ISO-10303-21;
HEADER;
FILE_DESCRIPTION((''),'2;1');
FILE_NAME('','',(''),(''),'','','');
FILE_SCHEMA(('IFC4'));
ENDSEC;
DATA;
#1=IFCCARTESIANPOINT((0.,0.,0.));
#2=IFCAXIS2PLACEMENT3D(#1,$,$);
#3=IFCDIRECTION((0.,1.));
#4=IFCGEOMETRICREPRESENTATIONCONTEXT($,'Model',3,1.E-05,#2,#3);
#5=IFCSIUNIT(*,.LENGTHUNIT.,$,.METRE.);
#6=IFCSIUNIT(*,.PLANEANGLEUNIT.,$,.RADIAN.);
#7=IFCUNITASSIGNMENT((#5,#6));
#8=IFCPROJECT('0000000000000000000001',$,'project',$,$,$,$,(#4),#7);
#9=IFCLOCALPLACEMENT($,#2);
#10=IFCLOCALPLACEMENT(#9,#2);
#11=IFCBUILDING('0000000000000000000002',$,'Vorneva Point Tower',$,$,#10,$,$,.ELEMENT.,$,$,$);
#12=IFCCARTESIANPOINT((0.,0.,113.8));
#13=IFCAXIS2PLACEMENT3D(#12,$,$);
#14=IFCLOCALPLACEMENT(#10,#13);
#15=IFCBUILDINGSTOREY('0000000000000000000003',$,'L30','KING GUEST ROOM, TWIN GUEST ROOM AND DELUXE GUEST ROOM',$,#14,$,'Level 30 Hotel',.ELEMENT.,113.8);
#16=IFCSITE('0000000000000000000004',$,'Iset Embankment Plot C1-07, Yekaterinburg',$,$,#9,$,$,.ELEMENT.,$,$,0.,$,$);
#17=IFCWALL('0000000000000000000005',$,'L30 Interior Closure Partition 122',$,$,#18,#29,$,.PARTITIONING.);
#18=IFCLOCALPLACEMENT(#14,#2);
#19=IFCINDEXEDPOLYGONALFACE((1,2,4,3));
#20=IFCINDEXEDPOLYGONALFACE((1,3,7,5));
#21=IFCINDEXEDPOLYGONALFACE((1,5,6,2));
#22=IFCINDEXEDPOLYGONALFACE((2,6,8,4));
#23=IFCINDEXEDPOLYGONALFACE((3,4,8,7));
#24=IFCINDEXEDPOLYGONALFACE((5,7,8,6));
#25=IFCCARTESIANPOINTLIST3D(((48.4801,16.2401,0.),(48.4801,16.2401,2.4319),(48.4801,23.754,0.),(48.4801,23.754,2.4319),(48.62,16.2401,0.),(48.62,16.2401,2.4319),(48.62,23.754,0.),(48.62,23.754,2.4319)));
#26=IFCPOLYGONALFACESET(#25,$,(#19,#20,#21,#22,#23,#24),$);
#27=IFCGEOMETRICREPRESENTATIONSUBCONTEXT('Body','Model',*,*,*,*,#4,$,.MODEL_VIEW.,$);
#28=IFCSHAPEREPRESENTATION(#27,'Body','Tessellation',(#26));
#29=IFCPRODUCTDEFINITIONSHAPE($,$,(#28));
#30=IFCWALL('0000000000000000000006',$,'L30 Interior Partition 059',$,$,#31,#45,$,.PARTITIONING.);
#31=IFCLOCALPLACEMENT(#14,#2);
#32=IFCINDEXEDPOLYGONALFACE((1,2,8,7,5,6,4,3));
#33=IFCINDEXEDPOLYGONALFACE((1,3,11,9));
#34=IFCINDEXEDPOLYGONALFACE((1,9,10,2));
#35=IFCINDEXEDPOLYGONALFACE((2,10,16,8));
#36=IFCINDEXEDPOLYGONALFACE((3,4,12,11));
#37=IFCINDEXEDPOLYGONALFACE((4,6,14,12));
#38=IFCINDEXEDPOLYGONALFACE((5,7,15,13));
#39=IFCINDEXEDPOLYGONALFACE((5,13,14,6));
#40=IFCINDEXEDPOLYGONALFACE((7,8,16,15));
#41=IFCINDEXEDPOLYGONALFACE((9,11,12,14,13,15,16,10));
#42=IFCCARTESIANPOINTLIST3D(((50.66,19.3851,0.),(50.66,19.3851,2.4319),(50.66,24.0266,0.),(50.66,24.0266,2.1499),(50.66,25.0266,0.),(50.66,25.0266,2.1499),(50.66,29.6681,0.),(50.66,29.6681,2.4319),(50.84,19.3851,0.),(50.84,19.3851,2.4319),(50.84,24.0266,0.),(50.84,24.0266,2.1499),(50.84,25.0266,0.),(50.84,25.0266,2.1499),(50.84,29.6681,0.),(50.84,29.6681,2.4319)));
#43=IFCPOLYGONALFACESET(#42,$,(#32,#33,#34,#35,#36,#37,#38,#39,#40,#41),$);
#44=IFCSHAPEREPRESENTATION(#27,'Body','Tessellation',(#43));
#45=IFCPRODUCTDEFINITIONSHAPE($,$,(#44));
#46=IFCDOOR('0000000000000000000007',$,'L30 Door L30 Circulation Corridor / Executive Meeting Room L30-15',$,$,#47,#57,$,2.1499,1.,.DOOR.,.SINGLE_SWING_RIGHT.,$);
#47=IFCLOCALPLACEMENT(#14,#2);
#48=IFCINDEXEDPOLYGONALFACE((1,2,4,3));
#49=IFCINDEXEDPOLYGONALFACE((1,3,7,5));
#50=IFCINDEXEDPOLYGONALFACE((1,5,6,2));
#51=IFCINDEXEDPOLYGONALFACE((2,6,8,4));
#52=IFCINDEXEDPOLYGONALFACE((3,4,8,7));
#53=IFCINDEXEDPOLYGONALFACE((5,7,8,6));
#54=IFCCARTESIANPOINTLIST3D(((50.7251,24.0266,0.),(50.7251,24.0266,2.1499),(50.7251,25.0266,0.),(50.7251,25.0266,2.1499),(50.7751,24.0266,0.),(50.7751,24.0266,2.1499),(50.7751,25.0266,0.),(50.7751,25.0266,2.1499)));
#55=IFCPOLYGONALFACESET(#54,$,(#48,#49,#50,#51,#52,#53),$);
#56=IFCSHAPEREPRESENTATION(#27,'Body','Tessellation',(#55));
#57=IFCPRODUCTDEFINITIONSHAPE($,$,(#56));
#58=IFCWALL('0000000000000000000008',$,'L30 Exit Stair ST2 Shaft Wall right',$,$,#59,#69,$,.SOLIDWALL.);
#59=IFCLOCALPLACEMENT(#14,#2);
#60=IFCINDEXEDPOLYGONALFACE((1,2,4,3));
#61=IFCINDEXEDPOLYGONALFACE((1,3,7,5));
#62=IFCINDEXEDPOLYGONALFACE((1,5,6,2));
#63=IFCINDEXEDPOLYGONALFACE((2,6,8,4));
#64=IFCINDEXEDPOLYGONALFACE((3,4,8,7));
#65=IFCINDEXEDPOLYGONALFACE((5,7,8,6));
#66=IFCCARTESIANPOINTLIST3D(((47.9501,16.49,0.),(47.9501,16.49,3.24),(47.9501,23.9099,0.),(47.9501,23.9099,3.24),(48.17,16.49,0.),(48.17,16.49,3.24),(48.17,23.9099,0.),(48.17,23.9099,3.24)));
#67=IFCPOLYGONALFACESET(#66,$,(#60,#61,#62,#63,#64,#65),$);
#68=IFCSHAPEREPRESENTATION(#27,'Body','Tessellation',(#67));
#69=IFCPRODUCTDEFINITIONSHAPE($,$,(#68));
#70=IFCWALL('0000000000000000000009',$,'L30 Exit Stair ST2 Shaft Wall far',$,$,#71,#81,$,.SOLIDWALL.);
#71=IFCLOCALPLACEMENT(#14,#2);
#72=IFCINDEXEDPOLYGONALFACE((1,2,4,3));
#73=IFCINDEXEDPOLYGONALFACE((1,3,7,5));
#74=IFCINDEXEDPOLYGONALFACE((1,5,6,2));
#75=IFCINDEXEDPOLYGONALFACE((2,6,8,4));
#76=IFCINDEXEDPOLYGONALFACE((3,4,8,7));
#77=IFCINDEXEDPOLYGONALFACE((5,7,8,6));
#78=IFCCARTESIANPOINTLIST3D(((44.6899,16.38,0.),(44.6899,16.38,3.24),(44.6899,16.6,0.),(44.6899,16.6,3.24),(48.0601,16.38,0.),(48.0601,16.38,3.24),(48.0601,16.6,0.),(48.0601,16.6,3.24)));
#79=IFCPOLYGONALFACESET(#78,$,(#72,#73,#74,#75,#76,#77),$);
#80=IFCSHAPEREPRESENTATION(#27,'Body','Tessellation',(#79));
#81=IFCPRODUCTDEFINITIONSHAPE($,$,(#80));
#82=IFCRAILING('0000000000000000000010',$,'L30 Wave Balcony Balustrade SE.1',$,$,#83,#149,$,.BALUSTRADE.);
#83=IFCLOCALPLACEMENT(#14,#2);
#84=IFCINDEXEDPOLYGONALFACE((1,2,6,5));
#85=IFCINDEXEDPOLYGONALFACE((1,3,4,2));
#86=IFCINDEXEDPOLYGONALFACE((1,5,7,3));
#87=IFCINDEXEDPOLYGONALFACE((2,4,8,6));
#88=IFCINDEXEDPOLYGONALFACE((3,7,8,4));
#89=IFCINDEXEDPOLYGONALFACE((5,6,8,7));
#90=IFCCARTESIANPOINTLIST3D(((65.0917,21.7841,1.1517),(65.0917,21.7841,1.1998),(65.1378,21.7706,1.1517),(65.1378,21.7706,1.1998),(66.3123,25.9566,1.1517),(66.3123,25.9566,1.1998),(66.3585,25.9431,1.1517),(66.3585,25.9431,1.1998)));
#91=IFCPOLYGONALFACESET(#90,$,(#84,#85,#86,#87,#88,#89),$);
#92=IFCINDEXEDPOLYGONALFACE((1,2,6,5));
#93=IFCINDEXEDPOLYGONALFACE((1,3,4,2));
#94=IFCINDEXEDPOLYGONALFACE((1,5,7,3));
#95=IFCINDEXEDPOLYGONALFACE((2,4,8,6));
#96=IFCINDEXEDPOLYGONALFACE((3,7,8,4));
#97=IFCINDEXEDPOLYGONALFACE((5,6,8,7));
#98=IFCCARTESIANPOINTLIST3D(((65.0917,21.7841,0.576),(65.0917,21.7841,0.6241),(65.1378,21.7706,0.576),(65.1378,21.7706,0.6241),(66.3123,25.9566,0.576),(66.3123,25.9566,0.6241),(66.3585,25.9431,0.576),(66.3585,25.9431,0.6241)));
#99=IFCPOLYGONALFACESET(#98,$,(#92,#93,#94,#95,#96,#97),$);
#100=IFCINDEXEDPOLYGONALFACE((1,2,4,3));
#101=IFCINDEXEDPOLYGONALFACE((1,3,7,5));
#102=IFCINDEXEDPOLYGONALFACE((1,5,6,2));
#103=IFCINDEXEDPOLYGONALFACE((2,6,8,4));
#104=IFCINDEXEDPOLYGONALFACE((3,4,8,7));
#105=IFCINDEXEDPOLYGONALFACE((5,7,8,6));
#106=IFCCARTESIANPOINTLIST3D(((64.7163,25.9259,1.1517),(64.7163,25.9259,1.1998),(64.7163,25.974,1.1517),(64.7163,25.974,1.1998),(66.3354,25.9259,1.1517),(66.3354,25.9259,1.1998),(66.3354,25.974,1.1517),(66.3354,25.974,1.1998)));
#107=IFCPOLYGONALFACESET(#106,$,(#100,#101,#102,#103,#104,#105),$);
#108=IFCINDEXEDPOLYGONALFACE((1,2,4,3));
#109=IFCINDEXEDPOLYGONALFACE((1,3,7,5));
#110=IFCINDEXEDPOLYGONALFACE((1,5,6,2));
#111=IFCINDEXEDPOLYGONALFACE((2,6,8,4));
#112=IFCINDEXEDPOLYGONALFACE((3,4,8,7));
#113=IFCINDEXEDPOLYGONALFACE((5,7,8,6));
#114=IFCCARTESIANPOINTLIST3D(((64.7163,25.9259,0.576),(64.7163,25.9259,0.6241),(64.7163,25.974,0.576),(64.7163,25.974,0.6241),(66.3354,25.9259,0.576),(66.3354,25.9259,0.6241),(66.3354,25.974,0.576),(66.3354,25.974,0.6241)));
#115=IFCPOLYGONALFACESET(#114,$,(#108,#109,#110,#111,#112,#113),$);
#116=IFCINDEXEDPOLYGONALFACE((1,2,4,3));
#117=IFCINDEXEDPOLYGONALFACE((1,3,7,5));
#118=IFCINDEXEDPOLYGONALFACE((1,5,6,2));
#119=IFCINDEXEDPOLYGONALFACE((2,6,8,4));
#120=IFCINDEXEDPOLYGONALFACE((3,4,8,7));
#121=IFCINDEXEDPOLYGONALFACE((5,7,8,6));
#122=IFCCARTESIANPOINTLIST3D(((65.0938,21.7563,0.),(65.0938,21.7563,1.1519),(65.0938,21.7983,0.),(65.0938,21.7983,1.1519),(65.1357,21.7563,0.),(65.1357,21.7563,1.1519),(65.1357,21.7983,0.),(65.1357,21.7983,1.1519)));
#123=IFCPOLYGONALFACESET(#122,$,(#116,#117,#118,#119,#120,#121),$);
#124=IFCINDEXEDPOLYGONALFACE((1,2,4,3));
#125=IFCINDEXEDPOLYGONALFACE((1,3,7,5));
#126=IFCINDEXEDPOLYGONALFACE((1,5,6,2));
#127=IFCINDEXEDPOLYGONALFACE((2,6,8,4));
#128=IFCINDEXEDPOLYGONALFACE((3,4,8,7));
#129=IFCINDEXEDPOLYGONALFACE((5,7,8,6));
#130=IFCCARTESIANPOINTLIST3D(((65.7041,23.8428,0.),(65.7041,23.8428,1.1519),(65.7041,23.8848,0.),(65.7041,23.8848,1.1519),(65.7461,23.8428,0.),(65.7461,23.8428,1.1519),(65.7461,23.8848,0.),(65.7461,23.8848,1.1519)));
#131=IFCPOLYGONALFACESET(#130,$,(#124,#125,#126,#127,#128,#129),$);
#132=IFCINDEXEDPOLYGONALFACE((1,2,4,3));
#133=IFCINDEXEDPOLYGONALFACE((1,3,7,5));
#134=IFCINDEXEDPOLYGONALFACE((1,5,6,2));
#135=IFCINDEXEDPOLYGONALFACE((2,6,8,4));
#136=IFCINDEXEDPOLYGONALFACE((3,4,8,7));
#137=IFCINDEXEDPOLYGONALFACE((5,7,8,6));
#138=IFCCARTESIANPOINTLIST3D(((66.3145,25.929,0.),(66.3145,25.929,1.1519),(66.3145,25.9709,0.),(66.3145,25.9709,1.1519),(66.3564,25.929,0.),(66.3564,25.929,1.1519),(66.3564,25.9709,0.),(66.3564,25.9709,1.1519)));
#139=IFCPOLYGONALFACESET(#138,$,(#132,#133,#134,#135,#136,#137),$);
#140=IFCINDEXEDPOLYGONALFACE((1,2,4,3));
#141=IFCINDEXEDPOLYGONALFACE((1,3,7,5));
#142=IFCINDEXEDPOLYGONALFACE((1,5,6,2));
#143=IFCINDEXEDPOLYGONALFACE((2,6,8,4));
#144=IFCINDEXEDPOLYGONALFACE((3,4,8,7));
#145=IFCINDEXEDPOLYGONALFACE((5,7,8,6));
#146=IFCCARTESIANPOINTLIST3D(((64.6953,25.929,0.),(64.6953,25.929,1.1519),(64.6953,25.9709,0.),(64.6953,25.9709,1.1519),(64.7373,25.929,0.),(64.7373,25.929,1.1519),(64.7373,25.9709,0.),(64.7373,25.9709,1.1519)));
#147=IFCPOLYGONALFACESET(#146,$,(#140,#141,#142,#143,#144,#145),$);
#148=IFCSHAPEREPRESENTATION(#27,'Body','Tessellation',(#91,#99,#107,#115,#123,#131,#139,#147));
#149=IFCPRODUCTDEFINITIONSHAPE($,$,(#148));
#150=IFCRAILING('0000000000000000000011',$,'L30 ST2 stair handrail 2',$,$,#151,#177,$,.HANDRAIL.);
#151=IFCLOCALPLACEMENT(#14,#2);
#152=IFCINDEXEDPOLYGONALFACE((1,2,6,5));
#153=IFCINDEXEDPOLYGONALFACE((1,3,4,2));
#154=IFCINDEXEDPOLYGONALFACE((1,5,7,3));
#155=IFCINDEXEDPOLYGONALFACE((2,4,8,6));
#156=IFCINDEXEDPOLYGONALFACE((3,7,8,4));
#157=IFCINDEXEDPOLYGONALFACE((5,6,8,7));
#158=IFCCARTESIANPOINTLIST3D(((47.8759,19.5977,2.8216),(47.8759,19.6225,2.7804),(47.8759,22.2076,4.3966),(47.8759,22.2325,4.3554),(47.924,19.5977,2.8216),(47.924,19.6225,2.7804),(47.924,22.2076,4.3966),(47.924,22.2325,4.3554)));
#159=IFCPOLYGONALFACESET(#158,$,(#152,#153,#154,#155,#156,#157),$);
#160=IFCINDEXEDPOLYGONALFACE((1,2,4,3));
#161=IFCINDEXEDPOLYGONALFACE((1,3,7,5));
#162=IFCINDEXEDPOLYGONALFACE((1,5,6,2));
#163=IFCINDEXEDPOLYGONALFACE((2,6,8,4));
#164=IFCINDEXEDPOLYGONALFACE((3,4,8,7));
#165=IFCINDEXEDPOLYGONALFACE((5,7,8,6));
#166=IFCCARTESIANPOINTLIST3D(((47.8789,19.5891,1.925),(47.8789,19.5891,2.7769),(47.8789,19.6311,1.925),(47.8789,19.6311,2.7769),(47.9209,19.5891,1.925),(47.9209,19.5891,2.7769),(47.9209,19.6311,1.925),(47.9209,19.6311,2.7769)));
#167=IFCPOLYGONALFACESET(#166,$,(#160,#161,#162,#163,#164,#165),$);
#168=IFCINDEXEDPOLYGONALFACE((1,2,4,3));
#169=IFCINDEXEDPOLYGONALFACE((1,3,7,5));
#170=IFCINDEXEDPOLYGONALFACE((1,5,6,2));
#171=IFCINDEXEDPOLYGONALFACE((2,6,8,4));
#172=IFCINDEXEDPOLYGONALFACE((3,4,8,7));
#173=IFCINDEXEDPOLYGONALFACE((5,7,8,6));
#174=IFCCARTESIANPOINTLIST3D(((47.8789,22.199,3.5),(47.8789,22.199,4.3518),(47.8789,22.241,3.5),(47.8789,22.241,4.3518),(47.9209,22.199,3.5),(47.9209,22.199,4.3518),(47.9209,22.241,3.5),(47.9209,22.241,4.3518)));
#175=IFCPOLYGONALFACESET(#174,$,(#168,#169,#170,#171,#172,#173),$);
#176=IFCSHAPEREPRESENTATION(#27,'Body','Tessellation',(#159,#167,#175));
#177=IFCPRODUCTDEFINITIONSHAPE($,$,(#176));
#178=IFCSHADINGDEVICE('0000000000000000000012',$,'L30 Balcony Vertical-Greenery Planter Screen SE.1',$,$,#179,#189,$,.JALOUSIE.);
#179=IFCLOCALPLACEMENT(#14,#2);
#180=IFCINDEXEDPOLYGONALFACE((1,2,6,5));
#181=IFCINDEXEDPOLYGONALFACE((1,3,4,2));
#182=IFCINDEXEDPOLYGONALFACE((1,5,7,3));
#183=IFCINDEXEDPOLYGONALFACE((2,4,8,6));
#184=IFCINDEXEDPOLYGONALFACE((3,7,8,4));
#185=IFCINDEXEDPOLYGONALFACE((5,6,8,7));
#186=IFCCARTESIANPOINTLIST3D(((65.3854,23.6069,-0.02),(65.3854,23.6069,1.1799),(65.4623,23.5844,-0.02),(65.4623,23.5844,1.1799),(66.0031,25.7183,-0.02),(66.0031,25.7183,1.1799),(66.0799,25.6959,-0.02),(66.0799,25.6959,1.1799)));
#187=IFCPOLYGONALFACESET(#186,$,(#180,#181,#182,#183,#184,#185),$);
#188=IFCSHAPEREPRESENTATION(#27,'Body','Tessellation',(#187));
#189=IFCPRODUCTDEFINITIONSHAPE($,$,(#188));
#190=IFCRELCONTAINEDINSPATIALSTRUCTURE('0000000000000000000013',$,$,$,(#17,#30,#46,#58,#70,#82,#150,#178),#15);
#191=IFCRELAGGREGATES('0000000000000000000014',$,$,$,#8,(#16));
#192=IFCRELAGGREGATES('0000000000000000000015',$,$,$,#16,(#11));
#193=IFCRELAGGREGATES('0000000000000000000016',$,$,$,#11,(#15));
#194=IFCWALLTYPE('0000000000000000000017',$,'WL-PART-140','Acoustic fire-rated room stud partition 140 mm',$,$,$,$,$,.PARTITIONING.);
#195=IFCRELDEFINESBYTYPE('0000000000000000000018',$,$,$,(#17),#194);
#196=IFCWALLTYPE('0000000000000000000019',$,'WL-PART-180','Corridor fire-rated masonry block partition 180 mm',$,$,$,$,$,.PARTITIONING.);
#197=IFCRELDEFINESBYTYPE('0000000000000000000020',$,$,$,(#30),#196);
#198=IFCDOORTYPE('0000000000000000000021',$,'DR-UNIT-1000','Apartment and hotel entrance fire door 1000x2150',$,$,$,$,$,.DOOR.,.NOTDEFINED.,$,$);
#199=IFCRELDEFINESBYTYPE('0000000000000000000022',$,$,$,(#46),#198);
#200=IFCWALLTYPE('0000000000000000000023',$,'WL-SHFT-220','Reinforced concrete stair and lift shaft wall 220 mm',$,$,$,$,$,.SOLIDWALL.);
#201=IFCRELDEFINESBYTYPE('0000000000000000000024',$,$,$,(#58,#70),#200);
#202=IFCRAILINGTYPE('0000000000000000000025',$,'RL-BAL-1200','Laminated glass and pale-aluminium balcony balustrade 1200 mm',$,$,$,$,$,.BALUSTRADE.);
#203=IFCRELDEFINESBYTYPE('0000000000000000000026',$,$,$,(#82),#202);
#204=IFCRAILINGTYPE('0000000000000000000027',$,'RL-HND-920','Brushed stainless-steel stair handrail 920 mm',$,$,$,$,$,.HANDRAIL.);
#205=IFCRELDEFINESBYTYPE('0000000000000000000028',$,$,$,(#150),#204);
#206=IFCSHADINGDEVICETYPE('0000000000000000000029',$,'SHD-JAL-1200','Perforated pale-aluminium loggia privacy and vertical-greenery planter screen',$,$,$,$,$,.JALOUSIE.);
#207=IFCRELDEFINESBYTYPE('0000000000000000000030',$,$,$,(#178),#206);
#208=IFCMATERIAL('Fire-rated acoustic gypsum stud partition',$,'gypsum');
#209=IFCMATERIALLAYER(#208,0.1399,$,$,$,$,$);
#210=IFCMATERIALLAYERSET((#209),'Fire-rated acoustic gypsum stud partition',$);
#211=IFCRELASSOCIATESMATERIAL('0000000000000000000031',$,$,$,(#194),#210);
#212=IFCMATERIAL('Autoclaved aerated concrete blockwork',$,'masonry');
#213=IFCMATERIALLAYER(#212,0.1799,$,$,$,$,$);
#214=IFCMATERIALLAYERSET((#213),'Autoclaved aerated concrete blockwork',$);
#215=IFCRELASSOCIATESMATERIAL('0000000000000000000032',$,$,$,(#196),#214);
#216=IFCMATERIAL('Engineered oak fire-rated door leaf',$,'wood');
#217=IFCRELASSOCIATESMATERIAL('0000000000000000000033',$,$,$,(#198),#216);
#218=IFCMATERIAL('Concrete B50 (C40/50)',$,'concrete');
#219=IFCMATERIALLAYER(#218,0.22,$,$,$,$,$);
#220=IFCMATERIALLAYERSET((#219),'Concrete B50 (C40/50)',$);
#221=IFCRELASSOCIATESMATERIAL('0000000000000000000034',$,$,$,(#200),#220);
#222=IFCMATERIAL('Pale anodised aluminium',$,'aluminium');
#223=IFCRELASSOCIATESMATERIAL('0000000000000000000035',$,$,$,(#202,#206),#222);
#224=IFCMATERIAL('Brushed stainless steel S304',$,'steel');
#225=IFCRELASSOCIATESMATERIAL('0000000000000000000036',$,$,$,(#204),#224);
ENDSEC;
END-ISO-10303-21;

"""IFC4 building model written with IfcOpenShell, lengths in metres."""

from ifc_helpers import new_model, si_unit, direction, frame, frame_2d, origin, origin_2d, place, context, subcontext, project, spatial, rectangle, extrude, material, layer, layer_set, type_object, element, fill, save


model = new_model("IFC4")

# Units and contexts
model_context = context("Model", 3, precision=1e-05, world=origin(), true_north=direction((0.0, 1.0)))
body_context = subcontext(model_context, "Body", "Model", "MODEL_VIEW")
ifc_project = project(units=[si_unit("LENGTHUNIT", "METRE"), si_unit("PLANEANGLEUNIT", "RADIAN")], contexts=[model_context])

# Site, building, storey
site_placement = place(None, origin())
site = spatial("IfcSite", under=ifc_project, at=site_placement, Name="Iset Embankment Plot C1-07, Yekaterinburg", CompositionType="ELEMENT", RefElevation=0.0)
building_placement = place(site_placement, origin())
building = spatial("IfcBuilding", under=site, at=building_placement, Name="Vorneva Point Tower", CompositionType="ELEMENT")
storey_placement = place(building_placement, frame((0.0, 0.0, 113.8)))
storey = spatial("IfcBuildingStorey", under=building, at=storey_placement, Name="L30", Description="KING GUEST ROOM, TWIN GUEST ROOM AND DELUXE GUEST ROOM", LongName="Level 30 Hotel", CompositionType="ELEMENT", Elevation=113.8)

# Shared definitions
ifc_material_1 = material(Name="Pale anodised aluminium", Category="aluminium")

# Shared definitions
ifc_material_2 = material(Name="Fire-rated acoustic gypsum stud partition", Category="gypsum")
ifc_material_3 = material(Name="Engineered oak fire-rated door leaf", Category="wood")

# Wall
ifc_layer_1 = layer(ifc_material_2, 0.1399)
ifc_layer_set_1 = layer_set([ifc_layer_1], Name="Fire-rated acoustic gypsum stud partition")
wall_type_1 = type_object("IfcWallType", Name="WL-PART-140", Description="Acoustic fire-rated room stud partition 140 mm", PredefinedType="PARTITIONING", material=ifc_layer_set_1)
wall_1_placement = place(storey_placement, frame((48.55, 23.7539, 0.0), z_axis=(0.0, 0.0, 1.0), x_axis=(0.0, -1.0, 0.0)))
element("IfcWall", 1, at=wall_1_placement, inside=storey, type_object=wall_type_1, Name="L30 Interior Closure Partition 122", PredefinedType="PARTITIONING", context=body_context, shape_type="SweptSolid", body=[
    extrude(rectangle(XDim=7.5139, YDim=0.1399, at=frame_2d((3.7568, 0.0))), origin(), (0.0, 0.0, 1.0), 2.4319),
])

# Wall, opening, door
ifc_material_4 = material(Name="Autoclaved aerated concrete blockwork", Category="masonry")
ifc_layer_2 = layer(ifc_material_4, 0.1799)
ifc_layer_set_2 = layer_set([ifc_layer_2], Name="Autoclaved aerated concrete blockwork")
wall_type_2 = type_object("IfcWallType", Name="WL-PART-180", Description="Corridor fire-rated masonry block partition 180 mm", PredefinedType="PARTITIONING", material=ifc_layer_set_2)
wall_2_placement = place(storey_placement, frame((50.75, 19.385, 0.0), z_axis=(0.0, 0.0, 1.0), x_axis=(0.0, 1.0, 0.0)))
wall_2 = element("IfcWall", 2, at=wall_2_placement, inside=storey, type_object=wall_type_2, Name="L30 Interior Partition 059", PredefinedType="PARTITIONING", context=body_context, shape_type="SweptSolid", body=[
    extrude(rectangle(XDim=10.283, YDim=0.1799, at=frame_2d((5.1416, 0.0))), origin(), (0.0, 0.0, 1.0), 2.4319),
])
opening_1_placement = place(wall_2_placement, frame((4.6416, 0.0, 0.0)))
opening_1 = element("IfcOpeningElement", 3, at=opening_1_placement, cuts=wall_2, PredefinedType="OPENING", context=body_context, shape_type="SweptSolid", body=[
    extrude(rectangle(XDim=1.0, YDim=2.1499, at=frame_2d((0.5, 1.075))), frame((0.0, 0.105, 0.0), z_axis=(0.0, -1.0, 0.0), x_axis=(1.0, 0.0, 0.0)), (0.0, 0.0, 1.0), 0.2097),
])
door_type_1 = type_object("IfcDoorType", Name="DR-UNIT-1000", Description="Apartment and hotel entrance fire door 1000x2150", OperationType="NOTDEFINED", PredefinedType="DOOR", material=ifc_material_3)
door_1_placement = place(opening_1_placement, origin())
door_1 = element("IfcDoor", 4, at=door_1_placement, inside=storey, type_object=door_type_1, Name="L30 Door L30 Circulation Corridor / Executive Meeting Room L30-15", OperationType="SINGLE_SWING_RIGHT", OverallHeight=2.1499, OverallWidth=1.0, PredefinedType="DOOR", context=body_context, shape_type="SweptSolid", body=[
    extrude(rectangle(XDim=1.0, YDim=2.1499, at=frame_2d((0.5, 1.075))), frame((0.0, 0.0249, 0.0), z_axis=(0.0, -1.0, 0.0), x_axis=(1.0, 0.0, 0.0)), (0.0, 0.0, 1.0), 0.05),
])
fill(opening_1, door_1)

# Walls
ifc_material_5 = material(Name="Concrete B50 (C40/50)", Category="concrete")
ifc_layer_3 = layer(ifc_material_5, 0.22)
ifc_layer_set_3 = layer_set([ifc_layer_3], Name="Concrete B50 (C40/50)")
wall_type_3 = type_object("IfcWallType", Name="WL-SHFT-220", Description="Reinforced concrete stair and lift shaft wall 220 mm", PredefinedType="SOLIDWALL", material=ifc_layer_set_3)
wall_3_placement = place(storey_placement, frame((48.0601, 23.9099, 0.0), z_axis=(0.0, 0.0, 1.0), x_axis=(0.0, -1.0, 0.0)))
element("IfcWall", 5, at=wall_3_placement, inside=storey, type_object=wall_type_3, Name="L30 Exit Stair ST2 Shaft Wall right", PredefinedType="SOLIDWALL", context=body_context, shape_type="SweptSolid", body=[
    extrude(rectangle(XDim=7.4199, YDim=0.22, at=frame_2d((3.71, 0.0))), origin(), (0.0, 0.0, 1.0), 3.24),
])
wall_4_placement = place(storey_placement, frame((48.0601, 16.49, 0.0), z_axis=(0.0, 0.0, 1.0), x_axis=(-1.0, 0.0, 0.0)))
element("IfcWall", 6, at=wall_4_placement, inside=storey, type_object=wall_type_3, Name="L30 Exit Stair ST2 Shaft Wall far", PredefinedType="SOLIDWALL", context=body_context, shape_type="SweptSolid", body=[
    extrude(rectangle(XDim=3.3701, YDim=0.22, at=frame_2d((1.6851, 0.0))), origin(), (0.0, 0.0, 1.0), 3.24),
])

# Railings
railing_type_1 = type_object("IfcRailingType", Name="RL-BAL-1200", Description="Laminated glass and pale-aluminium balcony balustrade 1200 mm", PredefinedType="BALUSTRADE", material=ifc_material_1)
railing_1_placement = place(storey_placement, frame((65.1147, 21.7773, 0.0)))
element("IfcRailing", 7, at=railing_1_placement, inside=storey, type_object=railing_type_1, Name="L30 Wave Balcony Balustrade SE.1", PredefinedType="BALUSTRADE", context=body_context, shape_type="SweptSolid", body=[
    extrude(rectangle(XDim=0.0481, YDim=0.0481, at=origin_2d()), frame((0.0, 0.0, 1.1758), z_axis=(0.280783, 0.959771, 0.0), x_axis=(-0.959771, 0.280783, 0.0)), (0.0, 0.0, 1.0), 4.3474),
    extrude(rectangle(XDim=0.0481, YDim=0.0481, at=origin_2d()), frame((0.0, 0.0, 0.6001), z_axis=(0.280783, 0.959771, 0.0), x_axis=(-0.959771, 0.280783, 0.0)), (0.0, 0.0, 1.0), 4.3474),
    extrude(rectangle(XDim=0.0481, YDim=0.0481, at=origin_2d()), frame((1.2207, 4.1726, 1.1758), z_axis=(-1.0, 0.0, 0.0), x_axis=(0.0, -1.0, 0.0)), (0.0, 0.0, 1.0), 1.6191),
    extrude(rectangle(XDim=0.0481, YDim=0.0481, at=origin_2d()), frame((1.2207, 4.1726, 0.6001), z_axis=(-1.0, 0.0, 0.0), x_axis=(0.0, -1.0, 0.0)), (0.0, 0.0, 1.0), 1.6191),
    extrude(rectangle(XDim=0.042, YDim=0.042, at=origin_2d()), origin(), (0.0, 0.0, 1.0), 1.1519),
    extrude(rectangle(XDim=0.042, YDim=0.042, at=origin_2d()), frame((0.6104, 2.0864, 0.0)), (0.0, 0.0, 1.0), 1.1519),
    extrude(rectangle(XDim=0.042, YDim=0.042, at=origin_2d()), frame((1.2207, 4.1726, 0.0)), (0.0, 0.0, 1.0), 1.1519),
    extrude(rectangle(XDim=0.042, YDim=0.042, at=origin_2d()), frame((-0.3984, 4.1726, 0.0)), (0.0, 0.0, 1.0), 1.1519),
])
ifc_material_6 = material(Name="Brushed stainless steel S304", Category="steel")
railing_type_2 = type_object("IfcRailingType", Name="RL-HND-920", Description="Brushed stainless-steel stair handrail 920 mm", PredefinedType="HANDRAIL", material=ifc_material_6)
railing_2_placement = place(storey_placement, frame((47.8999, 19.6101, 1.925)))
element("IfcRailing", 8, at=railing_2_placement, inside=storey, type_object=railing_type_2, Name="L30 ST2 stair handrail 2", PredefinedType="HANDRAIL", context=body_context, shape_type="SweptSolid", body=[
    extrude(rectangle(XDim=0.0481, YDim=0.0481, at=origin_2d()), frame((0.0, 0.0, 0.876), z_axis=(0.0, 0.856183, 0.516673), x_axis=(-1.0, 0.0, 0.0)), (0.0, 0.0, 1.0), 3.0483),
    extrude(rectangle(XDim=0.042, YDim=0.042, at=origin_2d()), origin(), (0.0, 0.0, 1.0), 0.8518),
    extrude(rectangle(XDim=0.042, YDim=0.042, at=origin_2d()), frame((0.0, 2.6099, 1.575)), (0.0, 0.0, 1.0), 0.8518),
])

# Shading device
shading_device_type = type_object("IfcShadingDeviceType", Name="SHD-JAL-1200", Description="Perforated pale-aluminium loggia privacy and vertical-greenery planter screen", PredefinedType="JALOUSIE", material=ifc_material_1)
shading_device_placement = place(storey_placement, frame((65.7327, 24.6514, -0.02), z_axis=(0.0, 0.0, 1.0), x_axis=(0.28075, 0.959781, 0.0)))
element("IfcShadingDevice", 9, at=shading_device_placement, inside=storey, type_object=shading_device_type, Name="L30 Balcony Vertical-Greenery Planter Screen SE.1", PredefinedType="JALOUSIE", context=body_context, shape_type="SweptSolid", body=[
    extrude(rectangle(XDim=2.2, YDim=0.0801, at=origin_2d()), origin(), (0.0, 0.0, 1.0), 1.2),
])

save(model, "model.ifc")
